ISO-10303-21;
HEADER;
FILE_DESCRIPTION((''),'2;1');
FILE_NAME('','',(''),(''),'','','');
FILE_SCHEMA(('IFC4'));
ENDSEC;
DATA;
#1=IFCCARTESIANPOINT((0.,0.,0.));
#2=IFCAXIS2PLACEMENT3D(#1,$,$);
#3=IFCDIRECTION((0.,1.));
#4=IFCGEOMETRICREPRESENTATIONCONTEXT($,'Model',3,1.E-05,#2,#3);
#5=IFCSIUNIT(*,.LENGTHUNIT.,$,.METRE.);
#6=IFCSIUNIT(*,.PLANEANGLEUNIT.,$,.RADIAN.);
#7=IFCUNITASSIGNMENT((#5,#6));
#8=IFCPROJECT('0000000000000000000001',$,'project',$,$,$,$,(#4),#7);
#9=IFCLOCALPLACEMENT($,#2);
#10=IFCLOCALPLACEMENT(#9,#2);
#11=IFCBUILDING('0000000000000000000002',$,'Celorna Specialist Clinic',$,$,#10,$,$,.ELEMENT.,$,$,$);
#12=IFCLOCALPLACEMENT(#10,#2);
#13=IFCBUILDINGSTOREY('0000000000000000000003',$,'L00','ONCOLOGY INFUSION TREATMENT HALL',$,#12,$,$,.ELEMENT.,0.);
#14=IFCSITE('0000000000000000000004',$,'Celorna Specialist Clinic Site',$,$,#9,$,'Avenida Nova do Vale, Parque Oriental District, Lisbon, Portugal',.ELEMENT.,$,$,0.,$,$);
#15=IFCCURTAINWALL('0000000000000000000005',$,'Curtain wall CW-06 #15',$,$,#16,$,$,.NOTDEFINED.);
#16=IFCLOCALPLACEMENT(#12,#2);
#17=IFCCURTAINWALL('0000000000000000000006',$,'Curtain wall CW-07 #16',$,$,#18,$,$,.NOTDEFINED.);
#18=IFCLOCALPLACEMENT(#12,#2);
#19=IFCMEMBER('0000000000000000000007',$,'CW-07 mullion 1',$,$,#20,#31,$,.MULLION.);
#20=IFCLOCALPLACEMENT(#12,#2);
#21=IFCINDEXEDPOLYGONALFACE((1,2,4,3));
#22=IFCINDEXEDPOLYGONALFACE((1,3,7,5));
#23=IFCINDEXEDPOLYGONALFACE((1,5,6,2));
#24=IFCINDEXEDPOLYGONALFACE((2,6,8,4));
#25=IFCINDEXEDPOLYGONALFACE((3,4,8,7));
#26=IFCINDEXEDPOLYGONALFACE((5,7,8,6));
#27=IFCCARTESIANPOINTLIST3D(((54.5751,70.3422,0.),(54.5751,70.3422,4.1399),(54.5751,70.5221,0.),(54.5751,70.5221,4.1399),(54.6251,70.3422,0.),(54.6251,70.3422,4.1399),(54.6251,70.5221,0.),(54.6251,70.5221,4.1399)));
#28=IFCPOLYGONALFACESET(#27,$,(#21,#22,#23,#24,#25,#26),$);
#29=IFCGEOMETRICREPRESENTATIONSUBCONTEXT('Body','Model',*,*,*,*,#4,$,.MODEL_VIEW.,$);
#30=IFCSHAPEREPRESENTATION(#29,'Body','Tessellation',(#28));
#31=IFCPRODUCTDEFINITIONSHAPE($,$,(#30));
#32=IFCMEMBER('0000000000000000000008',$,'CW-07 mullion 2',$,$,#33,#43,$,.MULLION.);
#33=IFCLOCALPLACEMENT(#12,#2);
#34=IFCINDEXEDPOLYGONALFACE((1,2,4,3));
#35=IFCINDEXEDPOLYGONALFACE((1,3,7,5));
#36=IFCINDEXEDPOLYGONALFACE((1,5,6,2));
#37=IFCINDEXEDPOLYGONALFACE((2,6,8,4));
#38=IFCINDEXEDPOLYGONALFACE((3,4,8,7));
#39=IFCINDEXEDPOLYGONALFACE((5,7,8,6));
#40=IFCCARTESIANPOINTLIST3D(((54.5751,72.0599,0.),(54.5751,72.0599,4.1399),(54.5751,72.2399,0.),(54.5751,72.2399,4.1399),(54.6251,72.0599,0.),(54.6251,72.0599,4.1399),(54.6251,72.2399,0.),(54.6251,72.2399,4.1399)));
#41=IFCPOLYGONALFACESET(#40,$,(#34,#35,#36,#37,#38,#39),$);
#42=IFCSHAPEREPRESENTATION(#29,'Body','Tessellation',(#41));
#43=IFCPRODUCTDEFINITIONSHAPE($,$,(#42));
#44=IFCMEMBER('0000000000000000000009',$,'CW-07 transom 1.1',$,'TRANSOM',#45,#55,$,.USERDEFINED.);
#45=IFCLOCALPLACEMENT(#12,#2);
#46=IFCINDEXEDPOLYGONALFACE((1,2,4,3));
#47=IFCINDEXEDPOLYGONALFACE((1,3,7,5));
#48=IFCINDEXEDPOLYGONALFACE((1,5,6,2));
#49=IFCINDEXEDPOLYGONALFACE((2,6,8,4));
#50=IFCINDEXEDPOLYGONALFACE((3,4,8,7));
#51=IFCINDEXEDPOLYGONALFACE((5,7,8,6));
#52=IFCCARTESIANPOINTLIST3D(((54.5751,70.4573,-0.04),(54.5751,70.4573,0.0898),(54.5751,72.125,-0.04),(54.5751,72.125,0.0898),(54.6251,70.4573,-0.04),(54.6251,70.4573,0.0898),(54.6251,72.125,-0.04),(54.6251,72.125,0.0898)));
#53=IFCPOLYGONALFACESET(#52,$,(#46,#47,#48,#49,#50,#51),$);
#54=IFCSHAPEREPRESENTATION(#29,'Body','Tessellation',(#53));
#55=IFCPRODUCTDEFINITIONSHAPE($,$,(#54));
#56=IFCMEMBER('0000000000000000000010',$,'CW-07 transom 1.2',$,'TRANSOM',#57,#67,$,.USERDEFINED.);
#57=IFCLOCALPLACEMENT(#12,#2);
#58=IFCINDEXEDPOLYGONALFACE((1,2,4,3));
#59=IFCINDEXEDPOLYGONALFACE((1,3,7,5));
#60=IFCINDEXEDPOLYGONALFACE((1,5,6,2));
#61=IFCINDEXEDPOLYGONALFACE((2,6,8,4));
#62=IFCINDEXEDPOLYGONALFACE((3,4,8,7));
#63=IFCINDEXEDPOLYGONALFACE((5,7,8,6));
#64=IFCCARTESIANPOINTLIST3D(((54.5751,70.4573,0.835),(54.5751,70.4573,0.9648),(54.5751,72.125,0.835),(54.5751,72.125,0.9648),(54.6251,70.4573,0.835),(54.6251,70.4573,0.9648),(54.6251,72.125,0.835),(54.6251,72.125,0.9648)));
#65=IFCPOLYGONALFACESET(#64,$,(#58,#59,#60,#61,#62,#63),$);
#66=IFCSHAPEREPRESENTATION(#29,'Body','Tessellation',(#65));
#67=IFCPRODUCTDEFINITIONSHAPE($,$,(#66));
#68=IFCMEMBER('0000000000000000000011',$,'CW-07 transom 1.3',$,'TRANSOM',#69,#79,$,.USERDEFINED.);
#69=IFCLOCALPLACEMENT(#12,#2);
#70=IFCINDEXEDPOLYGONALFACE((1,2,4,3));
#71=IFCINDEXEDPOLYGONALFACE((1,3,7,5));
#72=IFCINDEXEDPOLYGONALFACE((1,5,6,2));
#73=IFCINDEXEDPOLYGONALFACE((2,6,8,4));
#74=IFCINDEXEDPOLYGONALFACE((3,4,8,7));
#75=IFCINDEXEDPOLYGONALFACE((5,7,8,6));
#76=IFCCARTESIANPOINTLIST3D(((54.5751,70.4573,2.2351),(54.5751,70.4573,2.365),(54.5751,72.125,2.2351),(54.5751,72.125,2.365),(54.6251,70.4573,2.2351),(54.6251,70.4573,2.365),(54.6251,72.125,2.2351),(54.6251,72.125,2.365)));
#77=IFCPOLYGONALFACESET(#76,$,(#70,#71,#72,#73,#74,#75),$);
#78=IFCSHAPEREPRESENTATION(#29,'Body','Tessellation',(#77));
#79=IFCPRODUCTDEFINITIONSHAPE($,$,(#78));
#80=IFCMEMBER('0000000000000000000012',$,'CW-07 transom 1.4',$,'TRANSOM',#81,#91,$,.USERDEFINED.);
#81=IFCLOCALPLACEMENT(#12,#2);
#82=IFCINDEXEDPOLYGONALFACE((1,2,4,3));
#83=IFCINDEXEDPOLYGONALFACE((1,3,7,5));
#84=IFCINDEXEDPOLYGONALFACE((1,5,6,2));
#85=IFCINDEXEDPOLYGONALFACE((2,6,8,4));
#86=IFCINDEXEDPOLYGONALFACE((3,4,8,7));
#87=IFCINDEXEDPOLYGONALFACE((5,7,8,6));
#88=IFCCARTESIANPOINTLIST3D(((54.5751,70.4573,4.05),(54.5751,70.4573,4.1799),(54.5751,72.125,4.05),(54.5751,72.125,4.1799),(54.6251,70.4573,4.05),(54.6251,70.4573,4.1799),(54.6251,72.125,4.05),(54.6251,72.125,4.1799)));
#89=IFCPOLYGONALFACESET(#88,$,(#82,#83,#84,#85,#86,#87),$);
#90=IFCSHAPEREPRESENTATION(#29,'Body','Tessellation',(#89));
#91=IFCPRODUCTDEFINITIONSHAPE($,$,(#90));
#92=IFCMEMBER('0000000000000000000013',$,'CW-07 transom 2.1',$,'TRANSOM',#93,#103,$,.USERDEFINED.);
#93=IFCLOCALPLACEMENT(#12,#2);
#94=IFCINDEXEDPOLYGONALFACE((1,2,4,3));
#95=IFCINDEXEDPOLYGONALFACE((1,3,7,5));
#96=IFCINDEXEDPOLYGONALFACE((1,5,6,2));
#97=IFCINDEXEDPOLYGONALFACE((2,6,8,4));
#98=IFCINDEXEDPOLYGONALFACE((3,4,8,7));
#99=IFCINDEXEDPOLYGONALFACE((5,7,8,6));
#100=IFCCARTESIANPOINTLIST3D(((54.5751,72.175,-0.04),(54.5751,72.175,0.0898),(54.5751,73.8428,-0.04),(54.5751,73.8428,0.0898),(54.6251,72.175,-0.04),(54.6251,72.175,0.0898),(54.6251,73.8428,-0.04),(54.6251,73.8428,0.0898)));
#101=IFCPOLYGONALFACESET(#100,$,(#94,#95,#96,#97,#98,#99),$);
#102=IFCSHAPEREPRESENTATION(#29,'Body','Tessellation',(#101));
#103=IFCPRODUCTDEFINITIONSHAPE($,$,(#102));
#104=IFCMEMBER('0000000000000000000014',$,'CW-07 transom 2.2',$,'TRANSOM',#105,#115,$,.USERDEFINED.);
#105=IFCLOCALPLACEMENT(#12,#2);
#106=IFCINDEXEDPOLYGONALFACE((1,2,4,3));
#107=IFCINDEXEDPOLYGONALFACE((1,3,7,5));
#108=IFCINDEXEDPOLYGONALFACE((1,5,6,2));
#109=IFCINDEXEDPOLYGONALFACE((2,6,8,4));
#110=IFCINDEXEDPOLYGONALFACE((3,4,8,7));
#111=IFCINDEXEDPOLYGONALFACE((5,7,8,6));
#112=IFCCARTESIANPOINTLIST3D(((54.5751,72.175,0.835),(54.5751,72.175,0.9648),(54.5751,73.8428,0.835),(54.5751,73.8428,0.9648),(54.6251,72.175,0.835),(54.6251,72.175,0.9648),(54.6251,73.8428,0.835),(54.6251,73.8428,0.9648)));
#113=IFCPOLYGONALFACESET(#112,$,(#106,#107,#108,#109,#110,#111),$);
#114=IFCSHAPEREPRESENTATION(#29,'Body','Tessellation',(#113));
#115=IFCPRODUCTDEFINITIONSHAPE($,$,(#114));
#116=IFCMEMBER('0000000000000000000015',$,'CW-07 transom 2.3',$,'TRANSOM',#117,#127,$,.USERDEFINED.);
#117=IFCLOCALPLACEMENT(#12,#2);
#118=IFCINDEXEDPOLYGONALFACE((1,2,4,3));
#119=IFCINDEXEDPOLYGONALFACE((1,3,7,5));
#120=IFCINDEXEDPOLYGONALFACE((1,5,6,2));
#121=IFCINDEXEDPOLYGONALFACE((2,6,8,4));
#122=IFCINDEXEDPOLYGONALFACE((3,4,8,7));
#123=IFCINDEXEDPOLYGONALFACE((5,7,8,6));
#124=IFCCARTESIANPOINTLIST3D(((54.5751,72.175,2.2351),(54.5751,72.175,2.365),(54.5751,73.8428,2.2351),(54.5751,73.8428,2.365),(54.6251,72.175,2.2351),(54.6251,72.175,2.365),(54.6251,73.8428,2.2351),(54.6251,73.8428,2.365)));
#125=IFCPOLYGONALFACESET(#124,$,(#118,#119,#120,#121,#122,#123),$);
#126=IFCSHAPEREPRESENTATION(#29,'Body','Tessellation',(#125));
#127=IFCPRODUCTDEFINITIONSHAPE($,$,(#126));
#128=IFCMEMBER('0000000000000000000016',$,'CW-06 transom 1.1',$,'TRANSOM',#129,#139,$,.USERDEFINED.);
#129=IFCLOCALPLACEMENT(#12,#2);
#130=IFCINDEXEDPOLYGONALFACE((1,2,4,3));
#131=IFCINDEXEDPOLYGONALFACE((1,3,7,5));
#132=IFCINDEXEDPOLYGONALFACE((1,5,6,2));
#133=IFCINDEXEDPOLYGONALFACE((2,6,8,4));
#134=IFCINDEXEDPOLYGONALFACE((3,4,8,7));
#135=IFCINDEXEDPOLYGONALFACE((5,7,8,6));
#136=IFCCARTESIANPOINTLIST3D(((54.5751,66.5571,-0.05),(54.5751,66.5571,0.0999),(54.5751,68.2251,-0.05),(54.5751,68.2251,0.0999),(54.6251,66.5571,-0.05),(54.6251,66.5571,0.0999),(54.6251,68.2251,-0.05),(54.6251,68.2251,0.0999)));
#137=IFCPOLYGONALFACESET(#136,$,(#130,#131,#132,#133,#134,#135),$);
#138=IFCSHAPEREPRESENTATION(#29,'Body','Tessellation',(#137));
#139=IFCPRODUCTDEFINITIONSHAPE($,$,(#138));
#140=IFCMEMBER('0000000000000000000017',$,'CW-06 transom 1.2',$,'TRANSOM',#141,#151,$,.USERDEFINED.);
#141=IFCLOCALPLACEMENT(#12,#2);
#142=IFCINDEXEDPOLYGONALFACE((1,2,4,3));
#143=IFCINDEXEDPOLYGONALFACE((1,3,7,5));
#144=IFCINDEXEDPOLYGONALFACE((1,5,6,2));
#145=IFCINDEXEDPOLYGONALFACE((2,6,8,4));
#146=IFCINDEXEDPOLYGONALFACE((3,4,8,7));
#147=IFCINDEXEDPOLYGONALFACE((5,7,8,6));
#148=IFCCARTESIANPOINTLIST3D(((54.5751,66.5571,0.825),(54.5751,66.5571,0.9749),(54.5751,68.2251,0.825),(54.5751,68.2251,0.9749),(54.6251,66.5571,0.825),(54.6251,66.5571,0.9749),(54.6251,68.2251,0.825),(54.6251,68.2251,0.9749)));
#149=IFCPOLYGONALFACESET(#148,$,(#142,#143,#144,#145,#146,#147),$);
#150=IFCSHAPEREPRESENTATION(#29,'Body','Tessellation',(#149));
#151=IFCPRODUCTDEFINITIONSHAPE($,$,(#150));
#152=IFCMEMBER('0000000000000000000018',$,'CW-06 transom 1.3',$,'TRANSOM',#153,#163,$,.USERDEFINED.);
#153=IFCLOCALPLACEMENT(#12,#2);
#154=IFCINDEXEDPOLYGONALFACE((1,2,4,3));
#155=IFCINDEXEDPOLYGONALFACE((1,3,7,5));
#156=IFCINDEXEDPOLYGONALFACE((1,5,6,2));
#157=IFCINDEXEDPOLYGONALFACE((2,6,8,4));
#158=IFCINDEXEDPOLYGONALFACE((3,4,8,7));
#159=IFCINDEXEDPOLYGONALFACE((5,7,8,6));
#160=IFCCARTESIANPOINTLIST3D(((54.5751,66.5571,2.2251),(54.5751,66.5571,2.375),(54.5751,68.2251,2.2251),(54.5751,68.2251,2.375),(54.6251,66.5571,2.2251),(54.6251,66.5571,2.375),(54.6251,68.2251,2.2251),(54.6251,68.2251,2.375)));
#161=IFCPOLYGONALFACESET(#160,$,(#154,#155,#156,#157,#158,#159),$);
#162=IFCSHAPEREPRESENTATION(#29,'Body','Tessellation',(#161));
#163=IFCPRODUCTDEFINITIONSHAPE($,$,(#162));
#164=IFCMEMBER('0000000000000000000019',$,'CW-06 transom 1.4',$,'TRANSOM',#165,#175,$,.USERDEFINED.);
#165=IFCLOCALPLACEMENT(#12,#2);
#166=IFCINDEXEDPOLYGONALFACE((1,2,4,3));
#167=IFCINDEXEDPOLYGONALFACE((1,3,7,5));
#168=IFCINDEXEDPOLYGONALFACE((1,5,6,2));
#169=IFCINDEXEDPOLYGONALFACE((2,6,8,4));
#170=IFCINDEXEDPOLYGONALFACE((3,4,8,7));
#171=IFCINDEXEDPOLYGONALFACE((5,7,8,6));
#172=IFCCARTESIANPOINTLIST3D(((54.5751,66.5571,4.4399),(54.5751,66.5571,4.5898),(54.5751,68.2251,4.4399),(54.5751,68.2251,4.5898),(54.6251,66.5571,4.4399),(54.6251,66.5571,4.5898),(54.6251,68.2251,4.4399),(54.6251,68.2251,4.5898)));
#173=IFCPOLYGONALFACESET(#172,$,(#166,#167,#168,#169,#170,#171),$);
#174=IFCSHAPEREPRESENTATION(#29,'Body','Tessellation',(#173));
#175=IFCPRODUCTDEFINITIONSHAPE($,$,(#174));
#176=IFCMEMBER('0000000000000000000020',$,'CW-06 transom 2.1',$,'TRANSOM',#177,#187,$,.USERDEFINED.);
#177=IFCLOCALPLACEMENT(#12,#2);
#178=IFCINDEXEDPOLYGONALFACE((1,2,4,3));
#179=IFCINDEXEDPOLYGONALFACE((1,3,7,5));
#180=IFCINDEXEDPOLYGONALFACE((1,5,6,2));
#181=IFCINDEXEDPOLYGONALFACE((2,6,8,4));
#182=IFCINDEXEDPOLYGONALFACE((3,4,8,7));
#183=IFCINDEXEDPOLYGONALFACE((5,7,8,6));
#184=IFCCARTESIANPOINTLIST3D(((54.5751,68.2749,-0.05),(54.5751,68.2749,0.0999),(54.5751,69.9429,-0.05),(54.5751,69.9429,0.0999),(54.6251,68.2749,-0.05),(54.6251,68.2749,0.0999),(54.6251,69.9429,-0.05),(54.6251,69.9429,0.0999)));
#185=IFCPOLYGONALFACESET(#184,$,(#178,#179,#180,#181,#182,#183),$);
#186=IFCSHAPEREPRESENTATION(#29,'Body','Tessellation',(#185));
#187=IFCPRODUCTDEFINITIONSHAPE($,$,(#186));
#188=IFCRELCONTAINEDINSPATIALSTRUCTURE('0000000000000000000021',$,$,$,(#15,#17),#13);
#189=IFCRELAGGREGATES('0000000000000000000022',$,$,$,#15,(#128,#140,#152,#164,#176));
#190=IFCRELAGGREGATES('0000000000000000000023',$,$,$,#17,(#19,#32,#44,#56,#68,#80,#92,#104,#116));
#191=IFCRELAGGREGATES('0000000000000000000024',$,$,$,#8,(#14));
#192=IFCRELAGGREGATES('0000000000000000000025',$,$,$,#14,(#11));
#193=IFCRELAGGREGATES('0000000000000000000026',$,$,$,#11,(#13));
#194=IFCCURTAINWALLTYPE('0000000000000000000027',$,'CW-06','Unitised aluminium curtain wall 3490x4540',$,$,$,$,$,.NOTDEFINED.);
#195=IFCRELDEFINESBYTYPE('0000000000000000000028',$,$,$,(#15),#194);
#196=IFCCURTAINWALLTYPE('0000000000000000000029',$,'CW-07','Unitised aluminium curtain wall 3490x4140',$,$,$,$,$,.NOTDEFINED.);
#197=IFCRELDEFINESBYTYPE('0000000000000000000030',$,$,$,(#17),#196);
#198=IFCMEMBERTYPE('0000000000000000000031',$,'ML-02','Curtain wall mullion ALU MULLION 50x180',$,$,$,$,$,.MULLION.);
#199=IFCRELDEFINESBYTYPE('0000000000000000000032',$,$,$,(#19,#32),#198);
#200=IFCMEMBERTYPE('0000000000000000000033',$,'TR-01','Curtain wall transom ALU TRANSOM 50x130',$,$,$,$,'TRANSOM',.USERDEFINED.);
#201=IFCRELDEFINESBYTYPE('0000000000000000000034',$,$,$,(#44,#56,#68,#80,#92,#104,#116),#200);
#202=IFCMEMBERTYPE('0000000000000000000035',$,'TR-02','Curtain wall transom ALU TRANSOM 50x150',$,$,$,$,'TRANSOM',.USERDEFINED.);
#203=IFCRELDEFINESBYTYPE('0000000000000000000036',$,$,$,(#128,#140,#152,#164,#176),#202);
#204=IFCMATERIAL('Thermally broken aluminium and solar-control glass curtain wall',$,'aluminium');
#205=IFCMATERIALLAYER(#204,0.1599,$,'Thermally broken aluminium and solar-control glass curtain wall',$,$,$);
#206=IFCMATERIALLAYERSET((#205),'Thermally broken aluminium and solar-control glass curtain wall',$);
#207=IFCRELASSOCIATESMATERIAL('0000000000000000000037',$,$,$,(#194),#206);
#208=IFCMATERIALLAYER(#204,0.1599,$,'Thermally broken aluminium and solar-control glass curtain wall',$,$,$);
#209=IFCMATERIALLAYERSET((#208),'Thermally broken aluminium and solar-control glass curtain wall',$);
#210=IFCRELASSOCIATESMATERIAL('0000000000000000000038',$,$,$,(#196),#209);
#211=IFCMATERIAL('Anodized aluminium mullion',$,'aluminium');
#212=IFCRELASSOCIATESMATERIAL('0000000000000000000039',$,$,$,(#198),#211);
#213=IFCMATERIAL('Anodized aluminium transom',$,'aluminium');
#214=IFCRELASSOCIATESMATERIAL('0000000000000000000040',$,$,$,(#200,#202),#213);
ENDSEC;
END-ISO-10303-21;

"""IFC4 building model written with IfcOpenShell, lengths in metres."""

from ifc_helpers import new_model, si_unit, direction, frame, origin, origin_2d, place, context, subcontext, project, spatial, rectangle, extrude, material, layer, layer_set, material_profile, profile_set, type_object, element, aggregate, save


model = new_model("IFC4")

# Units and contexts
model_context = context("Model", 3, precision=1e-05, world=origin(), true_north=direction((0.0, 1.0)))
body_context = subcontext(model_context, "Body", "Model", "MODEL_VIEW")
ifc_project = project(units=[si_unit("LENGTHUNIT", "METRE"), si_unit("PLANEANGLEUNIT", "RADIAN")], contexts=[model_context])

# Site, building, storey
site_placement = place(None, origin())
site = spatial("IfcSite", under=ifc_project, at=site_placement, Name="Celorna Specialist Clinic Site", LongName="Avenida Nova do Vale, Parque Oriental District, Lisbon, Portugal", CompositionType="ELEMENT", RefElevation=0.0)
building_placement = place(site_placement, origin())
building = spatial("IfcBuilding", under=site, at=building_placement, Name="Celorna Specialist Clinic", CompositionType="ELEMENT")
storey_placement = place(building_placement, origin())
storey = spatial("IfcBuildingStorey", under=building, at=storey_placement, Name="L00", Description="ONCOLOGY INFUSION TREATMENT HALL", CompositionType="ELEMENT", Elevation=0.0)

# Curtain walls, members
ifc_material_1 = material(Name="Thermally broken aluminium and solar-control glass curtain wall", Category="aluminium")
ifc_layer_1 = layer(ifc_material_1, 0.1599, Name="Thermally broken aluminium and solar-control glass curtain wall")
ifc_layer_set_1 = layer_set([ifc_layer_1], Name="Thermally broken aluminium and solar-control glass curtain wall")
curtain_wall_type_1 = type_object("IfcCurtainWallType", Name="CW-06", Description="Unitised aluminium curtain wall 3490x4540", PredefinedType="NOTDEFINED", material=ifc_layer_set_1)
curtain_wall_1_placement = place(storey_placement, origin())
curtain_wall_1 = element("IfcCurtainWall", 1, at=curtain_wall_1_placement, inside=storey, type_object=curtain_wall_type_1, Name="Curtain wall CW-06 #15", PredefinedType="NOTDEFINED")
ifc_material_2 = material(Name="Anodized aluminium mullion", Category="aluminium")
ifc_layer_2 = layer(ifc_material_1, 0.1599, Name="Thermally broken aluminium and solar-control glass curtain wall")
ifc_layer_set_2 = layer_set([ifc_layer_2], Name="Thermally broken aluminium and solar-control glass curtain wall")
curtain_wall_type_2 = type_object("IfcCurtainWallType", Name="CW-07", Description="Unitised aluminium curtain wall 3490x4140", PredefinedType="NOTDEFINED", material=ifc_layer_set_2)
curtain_wall_2_placement = place(storey_placement, origin())
curtain_wall_2 = element("IfcCurtainWall", 2, at=curtain_wall_2_placement, inside=storey, type_object=curtain_wall_type_2, Name="Curtain wall CW-07 #16", PredefinedType="NOTDEFINED")
ifc_material_profile_1 = material_profile(ifc_material_2, rectangle(XDim=0.05, YDim=0.1799, at=origin_2d()), Name="ALU MULLION 50x180")
ifc_profile_set_1 = profile_set([ifc_material_profile_1], Name="Anodized aluminium mullion")
member_type_1 = type_object("IfcMemberType", Name="ML-02", Description="Curtain wall mullion ALU MULLION 50x180", PredefinedType="MULLION", material=ifc_profile_set_1)
member_1_placement = place(storey_placement, frame((54.6001, 70.4321, 0.0), z_axis=(0.0, 0.0, 1.0), x_axis=(-1.0, 0.0, 0.0)))
member_1 = element("IfcMember", 3, at=member_1_placement, type_object=member_type_1, Name="CW-07 mullion 1", PredefinedType="MULLION", context=body_context, shape_type="SweptSolid", body=[
    extrude(rectangle(XDim=0.05, YDim=0.1799, at=origin_2d()), origin(), (0.0, 0.0, 1.0), 4.1399),
])
member_2_placement = place(storey_placement, frame((54.6001, 72.1499, 0.0), z_axis=(0.0, 0.0, 1.0), x_axis=(-1.0, 0.0, 0.0)))
member_2 = element("IfcMember", 4, at=member_2_placement, type_object=member_type_1, Name="CW-07 mullion 2", PredefinedType="MULLION", context=body_context, shape_type="SweptSolid", body=[
    extrude(rectangle(XDim=0.05, YDim=0.1799, at=origin_2d()), origin(), (0.0, 0.0, 1.0), 4.1399),
])
ifc_material_3 = material(Name="Anodized aluminium transom", Category="aluminium")
ifc_material_profile_2 = material_profile(ifc_material_3, rectangle(XDim=0.05, YDim=0.1299, at=origin_2d()), Name="ALU TRANSOM 50x130")
ifc_profile_set_2 = profile_set([ifc_material_profile_2], Name="Anodized aluminium transom")
member_type_2 = type_object("IfcMemberType", Name="TR-01", Description="Curtain wall transom ALU TRANSOM 50x130", ElementType="TRANSOM", PredefinedType="USERDEFINED", material=ifc_profile_set_2)
member_3_placement = place(storey_placement, frame((54.6001, 70.4573, 0.0249), z_axis=(0.0, 1.0, 0.0), x_axis=(-1.0, 0.0, 0.0)))
member_3 = element("IfcMember", 5, at=member_3_placement, type_object=member_type_2, Name="CW-07 transom 1.1", ObjectType="TRANSOM", PredefinedType="USERDEFINED", context=body_context, shape_type="SweptSolid", body=[
    extrude(rectangle(XDim=0.05, YDim=0.1299, at=origin_2d()), origin(), (0.0, 0.0, 1.0), 1.6677),
])
member_4_placement = place(storey_placement, frame((54.6001, 70.4573, 0.8999), z_axis=(0.0, 1.0, 0.0), x_axis=(-1.0, 0.0, 0.0)))
member_4 = element("IfcMember", 6, at=member_4_placement, type_object=member_type_2, Name="CW-07 transom 1.2", ObjectType="TRANSOM", PredefinedType="USERDEFINED", context=body_context, shape_type="SweptSolid", body=[
    extrude(rectangle(XDim=0.05, YDim=0.1299, at=origin_2d()), origin(), (0.0, 0.0, 1.0), 1.6677),
])
member_5_placement = place(storey_placement, frame((54.6001, 70.4573, 2.3), z_axis=(0.0, 1.0, 0.0), x_axis=(-1.0, 0.0, 0.0)))
member_5 = element("IfcMember", 7, at=member_5_placement, type_object=member_type_2, Name="CW-07 transom 1.3", ObjectType="TRANSOM", PredefinedType="USERDEFINED", context=body_context, shape_type="SweptSolid", body=[
    extrude(rectangle(XDim=0.05, YDim=0.1299, at=origin_2d()), origin(), (0.0, 0.0, 1.0), 1.6677),
])
member_6_placement = place(storey_placement, frame((54.6001, 70.4573, 4.115), z_axis=(0.0, 1.0, 0.0), x_axis=(-1.0, 0.0, 0.0)))
member_6 = element("IfcMember", 8, at=member_6_placement, type_object=member_type_2, Name="CW-07 transom 1.4", ObjectType="TRANSOM", PredefinedType="USERDEFINED", context=body_context, shape_type="SweptSolid", body=[
    extrude(rectangle(XDim=0.05, YDim=0.1299, at=origin_2d()), origin(), (0.0, 0.0, 1.0), 1.6677),
])
member_7_placement = place(storey_placement, frame((54.6001, 72.175, 0.0249), z_axis=(0.0, 1.0, 0.0), x_axis=(-1.0, 0.0, 0.0)))
member_7 = element("IfcMember", 9, at=member_7_placement, type_object=member_type_2, Name="CW-07 transom 2.1", ObjectType="TRANSOM", PredefinedType="USERDEFINED", context=body_context, shape_type="SweptSolid", body=[
    extrude(rectangle(XDim=0.05, YDim=0.1299, at=origin_2d()), origin(), (0.0, 0.0, 1.0), 1.6677),
])
member_8_placement = place(storey_placement, frame((54.6001, 72.175, 0.8999), z_axis=(0.0, 1.0, 0.0), x_axis=(-1.0, 0.0, 0.0)))
member_8 = element("IfcMember", 10, at=member_8_placement, type_object=member_type_2, Name="CW-07 transom 2.2", ObjectType="TRANSOM", PredefinedType="USERDEFINED", context=body_context, shape_type="SweptSolid", body=[
    extrude(rectangle(XDim=0.05, YDim=0.1299, at=origin_2d()), origin(), (0.0, 0.0, 1.0), 1.6677),
])
member_9_placement = place(storey_placement, frame((54.6001, 72.175, 2.3), z_axis=(0.0, 1.0, 0.0), x_axis=(-1.0, 0.0, 0.0)))
member_9 = element("IfcMember", 11, at=member_9_placement, type_object=member_type_2, Name="CW-07 transom 2.3", ObjectType="TRANSOM", PredefinedType="USERDEFINED", context=body_context, shape_type="SweptSolid", body=[
    extrude(rectangle(XDim=0.05, YDim=0.1299, at=origin_2d()), origin(), (0.0, 0.0, 1.0), 1.6677),
])

# Members
ifc_material_profile_3 = material_profile(ifc_material_3, rectangle(XDim=0.05, YDim=0.1499, at=origin_2d()), Name="ALU TRANSOM 50x150")
ifc_profile_set_3 = profile_set([ifc_material_profile_3], Name="Anodized aluminium transom")
member_type_3 = type_object("IfcMemberType", Name="TR-02", Description="Curtain wall transom ALU TRANSOM 50x150", ElementType="TRANSOM", PredefinedType="USERDEFINED", material=ifc_profile_set_3)
member_10_placement = place(storey_placement, frame((54.6001, 66.5571, 0.0249), z_axis=(0.0, 1.0, 0.0), x_axis=(-1.0, 0.0, 0.0)))
member_10 = element("IfcMember", 12, at=member_10_placement, type_object=member_type_3, Name="CW-06 transom 1.1", ObjectType="TRANSOM", PredefinedType="USERDEFINED", context=body_context, shape_type="SweptSolid", body=[
    extrude(rectangle(XDim=0.05, YDim=0.1499, at=origin_2d()), origin(), (0.0, 0.0, 1.0), 1.668),
])
member_11_placement = place(storey_placement, frame((54.6001, 66.5571, 0.8999), z_axis=(0.0, 1.0, 0.0), x_axis=(-1.0, 0.0, 0.0)))
member_11 = element("IfcMember", 13, at=member_11_placement, type_object=member_type_3, Name="CW-06 transom 1.2", ObjectType="TRANSOM", PredefinedType="USERDEFINED", context=body_context, shape_type="SweptSolid", body=[
    extrude(rectangle(XDim=0.05, YDim=0.1499, at=origin_2d()), origin(), (0.0, 0.0, 1.0), 1.668),
])
member_12_placement = place(storey_placement, frame((54.6001, 66.5571, 2.3), z_axis=(0.0, 1.0, 0.0), x_axis=(-1.0, 0.0, 0.0)))
member_12 = element("IfcMember", 14, at=member_12_placement, type_object=member_type_3, Name="CW-06 transom 1.3", ObjectType="TRANSOM", PredefinedType="USERDEFINED", context=body_context, shape_type="SweptSolid", body=[
    extrude(rectangle(XDim=0.05, YDim=0.1499, at=origin_2d()), origin(), (0.0, 0.0, 1.0), 1.668),
])
member_13_placement = place(storey_placement, frame((54.6001, 66.5571, 4.5149), z_axis=(0.0, 1.0, 0.0), x_axis=(-1.0, 0.0, 0.0)))
member_13 = element("IfcMember", 15, at=member_13_placement, type_object=member_type_3, Name="CW-06 transom 1.4", ObjectType="TRANSOM", PredefinedType="USERDEFINED", context=body_context, shape_type="SweptSolid", body=[
    extrude(rectangle(XDim=0.05, YDim=0.1499, at=origin_2d()), origin(), (0.0, 0.0, 1.0), 1.668),
])
member_14_placement = place(storey_placement, frame((54.6001, 68.2749, 0.0249), z_axis=(0.0, 1.0, 0.0), x_axis=(-1.0, 0.0, 0.0)))
member_14 = element("IfcMember", 16, at=member_14_placement, type_object=member_type_3, Name="CW-06 transom 2.1", ObjectType="TRANSOM", PredefinedType="USERDEFINED", context=body_context, shape_type="SweptSolid", body=[
    extrude(rectangle(XDim=0.05, YDim=0.1499, at=origin_2d()), origin(), (0.0, 0.0, 1.0), 1.668),
])

aggregate(curtain_wall_1, [member_10, member_11, member_12, member_13, member_14])
aggregate(curtain_wall_2, [member_1, member_2, member_3, member_4, member_5, member_6, member_7, member_8, member_9])

save(model, "model.ifc")
